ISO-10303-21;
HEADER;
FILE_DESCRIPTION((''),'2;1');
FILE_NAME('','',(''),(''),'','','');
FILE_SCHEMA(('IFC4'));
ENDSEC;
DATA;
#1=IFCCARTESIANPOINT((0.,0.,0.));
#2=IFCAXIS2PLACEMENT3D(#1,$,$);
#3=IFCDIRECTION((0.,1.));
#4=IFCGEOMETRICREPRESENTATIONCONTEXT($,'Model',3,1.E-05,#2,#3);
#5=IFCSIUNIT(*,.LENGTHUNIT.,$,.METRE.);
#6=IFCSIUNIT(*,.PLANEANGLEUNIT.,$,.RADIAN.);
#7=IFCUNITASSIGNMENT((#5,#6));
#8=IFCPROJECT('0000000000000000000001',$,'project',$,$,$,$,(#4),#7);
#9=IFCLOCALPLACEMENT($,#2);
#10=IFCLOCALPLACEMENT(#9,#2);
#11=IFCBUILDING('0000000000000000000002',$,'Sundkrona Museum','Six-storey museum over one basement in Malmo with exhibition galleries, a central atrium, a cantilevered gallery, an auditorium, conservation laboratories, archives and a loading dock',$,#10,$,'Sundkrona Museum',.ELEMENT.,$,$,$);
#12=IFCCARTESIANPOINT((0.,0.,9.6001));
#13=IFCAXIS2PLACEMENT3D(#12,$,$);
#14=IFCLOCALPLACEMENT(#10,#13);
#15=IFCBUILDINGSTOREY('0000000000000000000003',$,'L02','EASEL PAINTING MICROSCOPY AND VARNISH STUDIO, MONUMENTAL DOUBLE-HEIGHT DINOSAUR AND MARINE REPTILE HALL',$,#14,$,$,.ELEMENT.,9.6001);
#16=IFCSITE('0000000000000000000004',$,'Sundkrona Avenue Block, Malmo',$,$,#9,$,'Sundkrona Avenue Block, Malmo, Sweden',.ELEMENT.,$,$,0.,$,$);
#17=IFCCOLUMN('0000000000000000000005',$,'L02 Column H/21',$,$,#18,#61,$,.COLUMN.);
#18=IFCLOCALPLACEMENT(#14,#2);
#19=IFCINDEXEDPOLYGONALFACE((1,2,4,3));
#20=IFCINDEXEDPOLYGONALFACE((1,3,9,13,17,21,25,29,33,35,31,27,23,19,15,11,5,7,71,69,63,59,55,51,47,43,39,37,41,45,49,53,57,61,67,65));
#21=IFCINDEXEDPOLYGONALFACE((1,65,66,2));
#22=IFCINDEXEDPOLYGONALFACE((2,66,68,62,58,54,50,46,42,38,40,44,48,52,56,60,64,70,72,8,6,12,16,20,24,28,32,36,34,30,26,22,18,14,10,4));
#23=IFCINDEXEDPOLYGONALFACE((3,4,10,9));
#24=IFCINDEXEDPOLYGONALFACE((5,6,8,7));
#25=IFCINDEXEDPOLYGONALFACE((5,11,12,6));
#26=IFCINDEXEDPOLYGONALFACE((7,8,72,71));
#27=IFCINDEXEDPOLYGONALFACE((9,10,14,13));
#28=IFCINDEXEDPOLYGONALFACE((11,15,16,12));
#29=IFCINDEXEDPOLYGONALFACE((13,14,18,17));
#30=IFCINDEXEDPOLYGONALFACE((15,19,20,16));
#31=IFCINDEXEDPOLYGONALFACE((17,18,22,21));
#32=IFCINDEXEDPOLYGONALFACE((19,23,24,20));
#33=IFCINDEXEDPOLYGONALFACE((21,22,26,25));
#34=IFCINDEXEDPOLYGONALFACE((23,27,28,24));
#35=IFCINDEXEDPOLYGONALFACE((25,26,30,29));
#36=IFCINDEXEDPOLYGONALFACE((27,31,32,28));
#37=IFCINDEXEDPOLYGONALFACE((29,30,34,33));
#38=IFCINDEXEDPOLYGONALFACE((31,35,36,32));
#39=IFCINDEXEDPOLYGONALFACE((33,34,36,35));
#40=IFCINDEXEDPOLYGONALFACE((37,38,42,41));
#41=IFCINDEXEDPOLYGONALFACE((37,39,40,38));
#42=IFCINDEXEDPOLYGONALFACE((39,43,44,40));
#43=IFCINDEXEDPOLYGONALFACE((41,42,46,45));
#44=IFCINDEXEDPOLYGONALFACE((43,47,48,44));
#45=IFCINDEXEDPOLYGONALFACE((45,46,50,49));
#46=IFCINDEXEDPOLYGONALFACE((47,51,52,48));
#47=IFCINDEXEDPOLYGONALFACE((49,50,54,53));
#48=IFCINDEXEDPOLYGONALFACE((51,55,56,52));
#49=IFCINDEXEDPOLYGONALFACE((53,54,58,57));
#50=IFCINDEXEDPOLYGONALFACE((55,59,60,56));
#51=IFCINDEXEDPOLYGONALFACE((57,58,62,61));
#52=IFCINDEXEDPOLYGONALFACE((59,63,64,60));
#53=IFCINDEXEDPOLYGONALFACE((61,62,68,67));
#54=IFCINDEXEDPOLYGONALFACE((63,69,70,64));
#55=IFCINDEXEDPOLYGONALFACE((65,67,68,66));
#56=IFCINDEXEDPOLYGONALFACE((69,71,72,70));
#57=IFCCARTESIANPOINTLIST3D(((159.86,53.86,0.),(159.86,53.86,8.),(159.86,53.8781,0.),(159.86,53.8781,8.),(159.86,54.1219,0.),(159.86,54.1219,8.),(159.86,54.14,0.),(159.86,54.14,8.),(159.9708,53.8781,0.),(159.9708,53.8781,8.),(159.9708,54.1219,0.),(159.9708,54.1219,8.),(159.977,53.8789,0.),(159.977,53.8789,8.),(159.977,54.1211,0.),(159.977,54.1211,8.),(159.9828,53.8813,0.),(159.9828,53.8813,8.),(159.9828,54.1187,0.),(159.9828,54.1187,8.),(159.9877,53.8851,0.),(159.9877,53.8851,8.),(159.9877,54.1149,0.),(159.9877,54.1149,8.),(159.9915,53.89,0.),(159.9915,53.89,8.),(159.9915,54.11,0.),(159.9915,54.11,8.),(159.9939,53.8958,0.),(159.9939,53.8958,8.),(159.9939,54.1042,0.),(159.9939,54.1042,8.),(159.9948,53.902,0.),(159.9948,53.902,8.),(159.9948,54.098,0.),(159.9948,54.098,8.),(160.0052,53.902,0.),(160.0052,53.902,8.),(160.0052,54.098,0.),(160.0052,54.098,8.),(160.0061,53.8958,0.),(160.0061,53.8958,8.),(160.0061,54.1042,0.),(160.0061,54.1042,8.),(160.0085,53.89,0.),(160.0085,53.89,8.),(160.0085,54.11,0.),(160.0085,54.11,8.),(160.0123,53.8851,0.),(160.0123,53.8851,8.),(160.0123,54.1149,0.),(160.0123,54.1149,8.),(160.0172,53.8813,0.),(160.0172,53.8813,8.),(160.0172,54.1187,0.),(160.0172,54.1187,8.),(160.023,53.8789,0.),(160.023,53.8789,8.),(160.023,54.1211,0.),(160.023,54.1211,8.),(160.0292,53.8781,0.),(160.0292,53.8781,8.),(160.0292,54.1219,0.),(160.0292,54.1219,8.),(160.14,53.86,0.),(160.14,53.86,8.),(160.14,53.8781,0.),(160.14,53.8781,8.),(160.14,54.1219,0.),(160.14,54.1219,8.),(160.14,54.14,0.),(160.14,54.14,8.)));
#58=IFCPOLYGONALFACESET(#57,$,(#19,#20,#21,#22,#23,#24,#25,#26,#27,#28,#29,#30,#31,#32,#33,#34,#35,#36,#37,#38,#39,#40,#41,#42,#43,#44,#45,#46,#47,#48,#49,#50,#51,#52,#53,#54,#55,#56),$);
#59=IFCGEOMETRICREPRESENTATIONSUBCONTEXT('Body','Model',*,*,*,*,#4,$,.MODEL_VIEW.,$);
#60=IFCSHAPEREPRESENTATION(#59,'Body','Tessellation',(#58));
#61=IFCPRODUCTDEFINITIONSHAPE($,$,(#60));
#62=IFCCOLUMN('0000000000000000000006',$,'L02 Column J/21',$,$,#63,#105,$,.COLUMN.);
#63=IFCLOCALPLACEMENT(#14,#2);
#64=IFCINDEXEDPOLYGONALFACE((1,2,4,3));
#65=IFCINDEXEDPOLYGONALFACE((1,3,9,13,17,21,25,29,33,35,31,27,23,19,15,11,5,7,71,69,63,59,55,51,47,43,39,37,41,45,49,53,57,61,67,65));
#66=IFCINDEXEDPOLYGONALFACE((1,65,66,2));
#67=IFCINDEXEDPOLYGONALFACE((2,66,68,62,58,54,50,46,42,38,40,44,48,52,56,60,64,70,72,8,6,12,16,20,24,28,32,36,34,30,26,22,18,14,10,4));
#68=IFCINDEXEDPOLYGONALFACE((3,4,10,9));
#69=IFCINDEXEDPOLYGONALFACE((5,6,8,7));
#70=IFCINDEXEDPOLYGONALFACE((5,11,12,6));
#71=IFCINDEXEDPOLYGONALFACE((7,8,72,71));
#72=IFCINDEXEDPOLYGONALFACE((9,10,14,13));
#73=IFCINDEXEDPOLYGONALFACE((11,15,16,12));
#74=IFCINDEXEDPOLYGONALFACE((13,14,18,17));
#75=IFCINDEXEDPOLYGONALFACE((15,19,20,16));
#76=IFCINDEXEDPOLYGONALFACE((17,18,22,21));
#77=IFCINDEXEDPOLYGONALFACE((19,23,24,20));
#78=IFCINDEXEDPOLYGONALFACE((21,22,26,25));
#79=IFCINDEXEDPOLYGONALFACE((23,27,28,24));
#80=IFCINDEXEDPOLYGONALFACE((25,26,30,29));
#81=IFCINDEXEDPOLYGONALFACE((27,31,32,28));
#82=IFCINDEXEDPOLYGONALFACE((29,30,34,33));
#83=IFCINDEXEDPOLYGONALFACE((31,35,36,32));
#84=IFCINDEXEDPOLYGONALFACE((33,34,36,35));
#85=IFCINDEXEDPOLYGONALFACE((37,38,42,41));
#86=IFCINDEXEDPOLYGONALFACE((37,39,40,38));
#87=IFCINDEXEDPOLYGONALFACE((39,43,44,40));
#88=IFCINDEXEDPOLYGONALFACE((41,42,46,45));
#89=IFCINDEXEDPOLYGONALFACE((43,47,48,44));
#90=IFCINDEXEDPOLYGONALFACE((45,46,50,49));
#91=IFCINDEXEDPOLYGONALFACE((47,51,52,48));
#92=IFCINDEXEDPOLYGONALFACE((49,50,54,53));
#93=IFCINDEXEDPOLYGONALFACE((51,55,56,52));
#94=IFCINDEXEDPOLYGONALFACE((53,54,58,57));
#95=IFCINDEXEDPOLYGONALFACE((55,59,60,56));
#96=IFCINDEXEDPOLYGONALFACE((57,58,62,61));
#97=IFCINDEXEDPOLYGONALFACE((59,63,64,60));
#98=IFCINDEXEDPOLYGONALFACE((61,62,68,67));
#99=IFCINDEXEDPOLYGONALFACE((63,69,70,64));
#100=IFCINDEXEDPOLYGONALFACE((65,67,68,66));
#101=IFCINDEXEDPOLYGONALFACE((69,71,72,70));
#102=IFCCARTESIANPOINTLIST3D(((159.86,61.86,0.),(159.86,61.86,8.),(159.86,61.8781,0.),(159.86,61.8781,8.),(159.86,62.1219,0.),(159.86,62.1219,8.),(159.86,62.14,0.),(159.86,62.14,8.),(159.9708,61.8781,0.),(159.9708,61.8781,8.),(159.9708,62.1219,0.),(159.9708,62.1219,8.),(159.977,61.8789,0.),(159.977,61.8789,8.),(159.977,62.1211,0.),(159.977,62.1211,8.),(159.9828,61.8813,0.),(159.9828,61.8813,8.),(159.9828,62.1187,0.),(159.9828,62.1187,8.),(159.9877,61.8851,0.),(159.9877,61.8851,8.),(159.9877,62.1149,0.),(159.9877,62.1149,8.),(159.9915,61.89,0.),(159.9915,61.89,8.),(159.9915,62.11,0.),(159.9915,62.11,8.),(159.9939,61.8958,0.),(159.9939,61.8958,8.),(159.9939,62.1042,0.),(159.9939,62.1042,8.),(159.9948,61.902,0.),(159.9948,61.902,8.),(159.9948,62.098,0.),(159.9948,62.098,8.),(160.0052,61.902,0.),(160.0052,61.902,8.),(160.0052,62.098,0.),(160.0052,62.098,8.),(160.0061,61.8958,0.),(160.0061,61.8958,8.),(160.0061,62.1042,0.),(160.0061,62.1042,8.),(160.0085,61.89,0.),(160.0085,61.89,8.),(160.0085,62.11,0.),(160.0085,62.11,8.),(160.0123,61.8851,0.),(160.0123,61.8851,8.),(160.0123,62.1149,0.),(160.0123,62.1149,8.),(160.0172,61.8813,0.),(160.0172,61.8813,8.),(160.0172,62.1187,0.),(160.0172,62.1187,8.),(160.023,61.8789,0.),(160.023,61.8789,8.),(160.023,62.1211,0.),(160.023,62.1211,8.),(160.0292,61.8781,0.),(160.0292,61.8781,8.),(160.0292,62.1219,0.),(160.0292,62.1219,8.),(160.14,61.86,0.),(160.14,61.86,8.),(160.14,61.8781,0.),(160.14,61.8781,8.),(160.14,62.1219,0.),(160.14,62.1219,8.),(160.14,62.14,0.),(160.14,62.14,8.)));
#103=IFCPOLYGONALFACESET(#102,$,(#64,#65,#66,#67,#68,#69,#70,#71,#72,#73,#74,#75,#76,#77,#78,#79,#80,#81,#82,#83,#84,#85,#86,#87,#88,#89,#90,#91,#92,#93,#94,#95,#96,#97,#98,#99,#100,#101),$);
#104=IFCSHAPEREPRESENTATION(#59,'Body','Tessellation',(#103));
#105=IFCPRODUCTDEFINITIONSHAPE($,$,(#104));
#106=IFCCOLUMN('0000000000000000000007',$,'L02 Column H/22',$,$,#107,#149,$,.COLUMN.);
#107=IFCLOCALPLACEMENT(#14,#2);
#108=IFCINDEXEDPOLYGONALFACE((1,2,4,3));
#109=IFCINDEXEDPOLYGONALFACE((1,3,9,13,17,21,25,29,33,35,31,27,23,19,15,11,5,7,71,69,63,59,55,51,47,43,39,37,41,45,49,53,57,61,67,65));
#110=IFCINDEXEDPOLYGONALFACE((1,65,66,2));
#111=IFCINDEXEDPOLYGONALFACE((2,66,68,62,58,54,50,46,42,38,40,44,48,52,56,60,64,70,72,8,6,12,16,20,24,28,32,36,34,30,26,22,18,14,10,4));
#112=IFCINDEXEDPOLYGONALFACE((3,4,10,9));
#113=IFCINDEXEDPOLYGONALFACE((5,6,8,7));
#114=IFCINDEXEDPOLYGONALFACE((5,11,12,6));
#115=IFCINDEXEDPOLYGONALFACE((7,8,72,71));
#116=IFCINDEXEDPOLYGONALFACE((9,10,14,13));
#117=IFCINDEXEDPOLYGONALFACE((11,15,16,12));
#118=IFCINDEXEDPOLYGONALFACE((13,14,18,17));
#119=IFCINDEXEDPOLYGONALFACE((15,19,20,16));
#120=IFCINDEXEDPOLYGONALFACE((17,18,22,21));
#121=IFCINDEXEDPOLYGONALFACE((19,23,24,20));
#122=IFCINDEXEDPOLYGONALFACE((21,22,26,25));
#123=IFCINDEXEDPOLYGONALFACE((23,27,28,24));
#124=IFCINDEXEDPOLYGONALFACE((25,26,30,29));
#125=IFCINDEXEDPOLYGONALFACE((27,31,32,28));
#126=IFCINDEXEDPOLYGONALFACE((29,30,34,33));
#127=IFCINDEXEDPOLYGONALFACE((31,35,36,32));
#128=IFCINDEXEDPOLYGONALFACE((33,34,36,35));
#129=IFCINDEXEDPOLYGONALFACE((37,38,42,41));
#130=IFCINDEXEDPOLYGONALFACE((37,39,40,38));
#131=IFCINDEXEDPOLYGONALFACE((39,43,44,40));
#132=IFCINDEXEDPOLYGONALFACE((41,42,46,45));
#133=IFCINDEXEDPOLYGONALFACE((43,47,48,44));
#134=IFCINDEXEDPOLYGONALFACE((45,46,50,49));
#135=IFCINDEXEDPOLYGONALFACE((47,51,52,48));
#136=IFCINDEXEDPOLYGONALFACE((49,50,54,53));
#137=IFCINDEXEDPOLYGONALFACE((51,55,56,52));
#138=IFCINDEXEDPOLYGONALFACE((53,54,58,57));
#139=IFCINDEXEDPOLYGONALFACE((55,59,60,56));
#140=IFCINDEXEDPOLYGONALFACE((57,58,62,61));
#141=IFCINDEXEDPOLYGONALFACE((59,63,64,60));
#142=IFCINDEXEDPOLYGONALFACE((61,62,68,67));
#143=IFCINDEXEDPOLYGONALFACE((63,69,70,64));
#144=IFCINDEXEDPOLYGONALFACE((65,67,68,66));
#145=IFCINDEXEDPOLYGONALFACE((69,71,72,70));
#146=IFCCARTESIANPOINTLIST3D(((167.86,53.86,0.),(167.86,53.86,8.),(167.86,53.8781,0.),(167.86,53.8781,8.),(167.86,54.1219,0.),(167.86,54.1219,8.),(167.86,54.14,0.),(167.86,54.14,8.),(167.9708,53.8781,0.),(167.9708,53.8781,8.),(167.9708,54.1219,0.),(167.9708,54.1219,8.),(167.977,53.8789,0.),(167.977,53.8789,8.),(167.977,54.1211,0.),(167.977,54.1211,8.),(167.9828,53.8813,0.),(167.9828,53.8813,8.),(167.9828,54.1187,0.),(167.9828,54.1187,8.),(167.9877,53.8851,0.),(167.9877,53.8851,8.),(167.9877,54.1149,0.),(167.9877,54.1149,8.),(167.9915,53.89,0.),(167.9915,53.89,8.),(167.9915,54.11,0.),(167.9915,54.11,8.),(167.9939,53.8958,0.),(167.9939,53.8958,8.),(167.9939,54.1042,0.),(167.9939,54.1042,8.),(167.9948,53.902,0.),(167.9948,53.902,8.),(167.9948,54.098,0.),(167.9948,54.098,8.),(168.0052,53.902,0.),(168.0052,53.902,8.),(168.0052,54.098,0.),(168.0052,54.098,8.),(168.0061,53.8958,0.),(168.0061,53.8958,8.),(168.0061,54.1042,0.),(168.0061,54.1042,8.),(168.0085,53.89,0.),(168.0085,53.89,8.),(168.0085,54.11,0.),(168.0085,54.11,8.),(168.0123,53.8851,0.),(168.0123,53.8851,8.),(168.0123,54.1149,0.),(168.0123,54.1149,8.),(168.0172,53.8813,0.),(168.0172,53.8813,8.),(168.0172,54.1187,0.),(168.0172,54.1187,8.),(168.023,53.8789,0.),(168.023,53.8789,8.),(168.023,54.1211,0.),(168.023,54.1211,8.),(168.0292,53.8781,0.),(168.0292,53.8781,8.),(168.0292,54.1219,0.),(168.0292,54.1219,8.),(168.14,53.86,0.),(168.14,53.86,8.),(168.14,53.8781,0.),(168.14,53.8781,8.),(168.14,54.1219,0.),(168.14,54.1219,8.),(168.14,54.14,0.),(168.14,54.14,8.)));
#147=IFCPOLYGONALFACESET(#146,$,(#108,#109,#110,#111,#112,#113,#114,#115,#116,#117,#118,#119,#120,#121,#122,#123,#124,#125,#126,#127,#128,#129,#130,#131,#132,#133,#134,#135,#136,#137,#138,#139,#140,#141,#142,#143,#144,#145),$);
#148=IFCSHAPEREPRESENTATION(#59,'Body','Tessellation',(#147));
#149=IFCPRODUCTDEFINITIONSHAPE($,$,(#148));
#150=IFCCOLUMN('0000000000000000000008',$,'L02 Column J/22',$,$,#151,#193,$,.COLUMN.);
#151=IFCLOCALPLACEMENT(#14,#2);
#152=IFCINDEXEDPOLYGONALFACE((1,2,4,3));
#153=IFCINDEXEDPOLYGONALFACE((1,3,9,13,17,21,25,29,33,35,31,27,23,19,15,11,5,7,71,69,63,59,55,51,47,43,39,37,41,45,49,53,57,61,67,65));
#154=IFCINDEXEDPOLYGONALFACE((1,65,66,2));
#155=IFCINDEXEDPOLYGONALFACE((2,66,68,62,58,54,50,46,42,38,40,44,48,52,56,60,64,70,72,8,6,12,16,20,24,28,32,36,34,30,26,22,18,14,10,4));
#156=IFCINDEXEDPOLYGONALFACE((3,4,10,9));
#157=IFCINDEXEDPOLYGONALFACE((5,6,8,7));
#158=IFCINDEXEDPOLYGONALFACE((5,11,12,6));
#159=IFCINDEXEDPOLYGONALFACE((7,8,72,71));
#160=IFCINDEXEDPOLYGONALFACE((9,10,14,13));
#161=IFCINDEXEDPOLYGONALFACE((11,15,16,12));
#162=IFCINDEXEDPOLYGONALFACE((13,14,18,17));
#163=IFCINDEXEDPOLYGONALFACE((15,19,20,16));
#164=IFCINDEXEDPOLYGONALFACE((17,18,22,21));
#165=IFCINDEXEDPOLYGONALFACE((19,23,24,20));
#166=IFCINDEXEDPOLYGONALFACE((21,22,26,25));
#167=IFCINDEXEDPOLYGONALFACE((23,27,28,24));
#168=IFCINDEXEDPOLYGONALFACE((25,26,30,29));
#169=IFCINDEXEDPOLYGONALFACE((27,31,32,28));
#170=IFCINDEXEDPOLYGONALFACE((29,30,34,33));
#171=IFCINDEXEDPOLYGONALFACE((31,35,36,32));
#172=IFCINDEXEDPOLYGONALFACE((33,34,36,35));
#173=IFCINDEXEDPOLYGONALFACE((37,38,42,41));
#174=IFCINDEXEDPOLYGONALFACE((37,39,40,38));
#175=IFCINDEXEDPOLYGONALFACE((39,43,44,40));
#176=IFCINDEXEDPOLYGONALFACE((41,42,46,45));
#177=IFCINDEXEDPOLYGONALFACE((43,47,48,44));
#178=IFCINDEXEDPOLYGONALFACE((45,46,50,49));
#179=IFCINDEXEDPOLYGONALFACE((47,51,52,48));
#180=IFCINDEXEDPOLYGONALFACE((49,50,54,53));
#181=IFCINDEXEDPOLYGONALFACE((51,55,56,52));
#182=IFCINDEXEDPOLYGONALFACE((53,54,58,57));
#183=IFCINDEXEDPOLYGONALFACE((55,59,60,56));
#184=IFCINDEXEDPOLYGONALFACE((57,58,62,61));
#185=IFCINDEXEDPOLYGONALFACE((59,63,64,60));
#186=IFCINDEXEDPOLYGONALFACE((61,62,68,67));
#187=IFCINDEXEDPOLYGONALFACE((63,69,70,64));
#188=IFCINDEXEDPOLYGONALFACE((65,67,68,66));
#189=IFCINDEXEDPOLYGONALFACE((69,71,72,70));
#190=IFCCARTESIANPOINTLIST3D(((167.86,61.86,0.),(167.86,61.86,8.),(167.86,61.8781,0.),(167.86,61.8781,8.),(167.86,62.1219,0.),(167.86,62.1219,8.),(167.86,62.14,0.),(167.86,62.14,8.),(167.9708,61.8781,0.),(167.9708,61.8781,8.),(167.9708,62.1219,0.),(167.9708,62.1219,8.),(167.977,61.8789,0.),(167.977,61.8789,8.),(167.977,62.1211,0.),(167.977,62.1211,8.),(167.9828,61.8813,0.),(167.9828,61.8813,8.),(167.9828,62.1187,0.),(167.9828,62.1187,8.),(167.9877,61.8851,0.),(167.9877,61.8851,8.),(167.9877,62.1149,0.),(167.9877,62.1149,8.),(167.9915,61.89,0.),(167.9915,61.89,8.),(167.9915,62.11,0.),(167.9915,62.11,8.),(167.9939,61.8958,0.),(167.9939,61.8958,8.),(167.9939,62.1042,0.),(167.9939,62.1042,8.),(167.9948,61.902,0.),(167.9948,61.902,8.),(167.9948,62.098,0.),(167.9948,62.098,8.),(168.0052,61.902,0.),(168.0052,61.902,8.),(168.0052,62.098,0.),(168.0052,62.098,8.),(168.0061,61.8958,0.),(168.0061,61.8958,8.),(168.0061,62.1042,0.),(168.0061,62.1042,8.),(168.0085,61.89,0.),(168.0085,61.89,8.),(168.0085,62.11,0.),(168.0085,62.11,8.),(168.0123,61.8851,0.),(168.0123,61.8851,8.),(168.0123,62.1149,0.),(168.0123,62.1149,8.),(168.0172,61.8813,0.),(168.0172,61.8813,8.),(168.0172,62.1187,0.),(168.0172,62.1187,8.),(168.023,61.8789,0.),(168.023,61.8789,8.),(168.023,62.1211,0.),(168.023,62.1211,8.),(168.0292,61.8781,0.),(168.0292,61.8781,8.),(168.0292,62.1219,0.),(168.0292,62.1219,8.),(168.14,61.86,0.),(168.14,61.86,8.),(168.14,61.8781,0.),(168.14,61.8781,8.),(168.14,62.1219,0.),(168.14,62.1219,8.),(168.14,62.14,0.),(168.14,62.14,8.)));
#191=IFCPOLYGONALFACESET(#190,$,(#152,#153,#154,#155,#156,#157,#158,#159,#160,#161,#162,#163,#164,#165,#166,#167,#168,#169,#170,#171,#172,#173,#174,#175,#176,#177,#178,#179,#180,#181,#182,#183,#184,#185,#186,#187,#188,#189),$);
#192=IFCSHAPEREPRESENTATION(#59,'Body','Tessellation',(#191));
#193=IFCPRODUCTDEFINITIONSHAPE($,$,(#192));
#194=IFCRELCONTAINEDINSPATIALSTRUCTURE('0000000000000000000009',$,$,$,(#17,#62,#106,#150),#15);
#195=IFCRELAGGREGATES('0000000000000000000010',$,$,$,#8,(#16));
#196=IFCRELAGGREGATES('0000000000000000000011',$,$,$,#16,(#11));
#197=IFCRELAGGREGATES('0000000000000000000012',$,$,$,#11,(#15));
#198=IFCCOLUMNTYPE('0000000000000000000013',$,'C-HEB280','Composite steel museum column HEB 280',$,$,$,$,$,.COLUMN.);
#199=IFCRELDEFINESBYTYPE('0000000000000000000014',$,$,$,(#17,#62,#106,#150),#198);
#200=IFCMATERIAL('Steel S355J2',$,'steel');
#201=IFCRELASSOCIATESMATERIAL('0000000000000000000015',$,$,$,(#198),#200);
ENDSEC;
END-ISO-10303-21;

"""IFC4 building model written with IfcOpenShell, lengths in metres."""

from ifc_helpers import new_model, si_unit, direction, frame, origin, origin_2d, place, context, subcontext, project, spatial, i_section, extrude, material, material_profile, profile_set, type_object, element, save


model = new_model("IFC4")

# Units and contexts
model_context = context("Model", 3, precision=1e-05, world=origin(), true_north=direction((0.0, 1.0)))
body_context = subcontext(model_context, "Body", "Model", "MODEL_VIEW")
ifc_project = project(units=[si_unit("LENGTHUNIT", "METRE"), si_unit("PLANEANGLEUNIT", "RADIAN")], contexts=[model_context])

# Site, building, storey
site_placement = place(None, origin())
site = spatial("IfcSite", under=ifc_project, at=site_placement, Name="Sundkrona Avenue Block, Malmo", LongName="Sundkrona Avenue Block, Malmo, Sweden", CompositionType="ELEMENT", RefElevation=0.0)
building_placement = place(site_placement, origin())
building = spatial("IfcBuilding", under=site, at=building_placement, Name="Sundkrona Museum", Description="Six-storey museum over one basement in Malmo with exhibition galleries, a central atrium, a cantilevered gallery, an auditorium, conservation laboratories, archives and a loading dock", LongName="Sundkrona Museum", CompositionType="ELEMENT")
storey_placement = place(building_placement, frame((0.0, 0.0, 9.6001)))
storey = spatial("IfcBuildingStorey", under=building, at=storey_placement, Name="L02", Description="EASEL PAINTING MICROSCOPY AND VARNISH STUDIO, MONUMENTAL DOUBLE-HEIGHT DINOSAUR AND MARINE REPTILE HALL", CompositionType="ELEMENT", Elevation=9.6001)

# Columns
ifc_material_1 = material(Name="Steel S355J2", Category="steel")
ifc_material_profile_1 = material_profile(ifc_material_1, i_section(OverallWidth=0.28, OverallDepth=0.28, WebThickness=0.0105, FlangeThickness=0.0181, FilletRadius=0.0239, at=origin_2d()), Name="HEB 280")
ifc_profile_set_1 = profile_set([ifc_material_profile_1], Name="Steel S355J2")
column_type = type_object("IfcColumnType", Name="C-HEB280", Description="Composite steel museum column HEB 280", PredefinedType="COLUMN", material=ifc_profile_set_1)
for number, where, z_axis, x_axis, name in (
    (1, (160.0, 54.0, 0.0), (0.0, 0.0, 1.0), (1.0, 0.0, 0.0), "L02 Column H/21"),
    (2, (160.0, 62.0, 0.0), (0.0, 0.0, 1.0), (1.0, 0.0, 0.0), "L02 Column J/21"),
    (3, (168.0, 54.0, 0.0), (0.0, 0.0, 1.0), (1.0, 0.0, 0.0), "L02 Column H/22"),
    (4, (168.0, 62.0, 0.0), (0.0, 0.0, 1.0), (1.0, 0.0, 0.0), "L02 Column J/22"),
):
    element("IfcColumn", number, at=place(storey_placement, frame(where, z_axis=z_axis, x_axis=x_axis)), inside=storey, type_object=column_type, Name=name, PredefinedType="COLUMN", context=body_context, shape_type="SweptSolid", body=[
        extrude(i_section(OverallWidth=0.28, OverallDepth=0.28, WebThickness=0.0105, FlangeThickness=0.0181, FilletRadius=0.0239, at=origin_2d()), origin(), (0.0, 0.0, 1.0), 8.0),
    ])

save(model, "model.ifc")
